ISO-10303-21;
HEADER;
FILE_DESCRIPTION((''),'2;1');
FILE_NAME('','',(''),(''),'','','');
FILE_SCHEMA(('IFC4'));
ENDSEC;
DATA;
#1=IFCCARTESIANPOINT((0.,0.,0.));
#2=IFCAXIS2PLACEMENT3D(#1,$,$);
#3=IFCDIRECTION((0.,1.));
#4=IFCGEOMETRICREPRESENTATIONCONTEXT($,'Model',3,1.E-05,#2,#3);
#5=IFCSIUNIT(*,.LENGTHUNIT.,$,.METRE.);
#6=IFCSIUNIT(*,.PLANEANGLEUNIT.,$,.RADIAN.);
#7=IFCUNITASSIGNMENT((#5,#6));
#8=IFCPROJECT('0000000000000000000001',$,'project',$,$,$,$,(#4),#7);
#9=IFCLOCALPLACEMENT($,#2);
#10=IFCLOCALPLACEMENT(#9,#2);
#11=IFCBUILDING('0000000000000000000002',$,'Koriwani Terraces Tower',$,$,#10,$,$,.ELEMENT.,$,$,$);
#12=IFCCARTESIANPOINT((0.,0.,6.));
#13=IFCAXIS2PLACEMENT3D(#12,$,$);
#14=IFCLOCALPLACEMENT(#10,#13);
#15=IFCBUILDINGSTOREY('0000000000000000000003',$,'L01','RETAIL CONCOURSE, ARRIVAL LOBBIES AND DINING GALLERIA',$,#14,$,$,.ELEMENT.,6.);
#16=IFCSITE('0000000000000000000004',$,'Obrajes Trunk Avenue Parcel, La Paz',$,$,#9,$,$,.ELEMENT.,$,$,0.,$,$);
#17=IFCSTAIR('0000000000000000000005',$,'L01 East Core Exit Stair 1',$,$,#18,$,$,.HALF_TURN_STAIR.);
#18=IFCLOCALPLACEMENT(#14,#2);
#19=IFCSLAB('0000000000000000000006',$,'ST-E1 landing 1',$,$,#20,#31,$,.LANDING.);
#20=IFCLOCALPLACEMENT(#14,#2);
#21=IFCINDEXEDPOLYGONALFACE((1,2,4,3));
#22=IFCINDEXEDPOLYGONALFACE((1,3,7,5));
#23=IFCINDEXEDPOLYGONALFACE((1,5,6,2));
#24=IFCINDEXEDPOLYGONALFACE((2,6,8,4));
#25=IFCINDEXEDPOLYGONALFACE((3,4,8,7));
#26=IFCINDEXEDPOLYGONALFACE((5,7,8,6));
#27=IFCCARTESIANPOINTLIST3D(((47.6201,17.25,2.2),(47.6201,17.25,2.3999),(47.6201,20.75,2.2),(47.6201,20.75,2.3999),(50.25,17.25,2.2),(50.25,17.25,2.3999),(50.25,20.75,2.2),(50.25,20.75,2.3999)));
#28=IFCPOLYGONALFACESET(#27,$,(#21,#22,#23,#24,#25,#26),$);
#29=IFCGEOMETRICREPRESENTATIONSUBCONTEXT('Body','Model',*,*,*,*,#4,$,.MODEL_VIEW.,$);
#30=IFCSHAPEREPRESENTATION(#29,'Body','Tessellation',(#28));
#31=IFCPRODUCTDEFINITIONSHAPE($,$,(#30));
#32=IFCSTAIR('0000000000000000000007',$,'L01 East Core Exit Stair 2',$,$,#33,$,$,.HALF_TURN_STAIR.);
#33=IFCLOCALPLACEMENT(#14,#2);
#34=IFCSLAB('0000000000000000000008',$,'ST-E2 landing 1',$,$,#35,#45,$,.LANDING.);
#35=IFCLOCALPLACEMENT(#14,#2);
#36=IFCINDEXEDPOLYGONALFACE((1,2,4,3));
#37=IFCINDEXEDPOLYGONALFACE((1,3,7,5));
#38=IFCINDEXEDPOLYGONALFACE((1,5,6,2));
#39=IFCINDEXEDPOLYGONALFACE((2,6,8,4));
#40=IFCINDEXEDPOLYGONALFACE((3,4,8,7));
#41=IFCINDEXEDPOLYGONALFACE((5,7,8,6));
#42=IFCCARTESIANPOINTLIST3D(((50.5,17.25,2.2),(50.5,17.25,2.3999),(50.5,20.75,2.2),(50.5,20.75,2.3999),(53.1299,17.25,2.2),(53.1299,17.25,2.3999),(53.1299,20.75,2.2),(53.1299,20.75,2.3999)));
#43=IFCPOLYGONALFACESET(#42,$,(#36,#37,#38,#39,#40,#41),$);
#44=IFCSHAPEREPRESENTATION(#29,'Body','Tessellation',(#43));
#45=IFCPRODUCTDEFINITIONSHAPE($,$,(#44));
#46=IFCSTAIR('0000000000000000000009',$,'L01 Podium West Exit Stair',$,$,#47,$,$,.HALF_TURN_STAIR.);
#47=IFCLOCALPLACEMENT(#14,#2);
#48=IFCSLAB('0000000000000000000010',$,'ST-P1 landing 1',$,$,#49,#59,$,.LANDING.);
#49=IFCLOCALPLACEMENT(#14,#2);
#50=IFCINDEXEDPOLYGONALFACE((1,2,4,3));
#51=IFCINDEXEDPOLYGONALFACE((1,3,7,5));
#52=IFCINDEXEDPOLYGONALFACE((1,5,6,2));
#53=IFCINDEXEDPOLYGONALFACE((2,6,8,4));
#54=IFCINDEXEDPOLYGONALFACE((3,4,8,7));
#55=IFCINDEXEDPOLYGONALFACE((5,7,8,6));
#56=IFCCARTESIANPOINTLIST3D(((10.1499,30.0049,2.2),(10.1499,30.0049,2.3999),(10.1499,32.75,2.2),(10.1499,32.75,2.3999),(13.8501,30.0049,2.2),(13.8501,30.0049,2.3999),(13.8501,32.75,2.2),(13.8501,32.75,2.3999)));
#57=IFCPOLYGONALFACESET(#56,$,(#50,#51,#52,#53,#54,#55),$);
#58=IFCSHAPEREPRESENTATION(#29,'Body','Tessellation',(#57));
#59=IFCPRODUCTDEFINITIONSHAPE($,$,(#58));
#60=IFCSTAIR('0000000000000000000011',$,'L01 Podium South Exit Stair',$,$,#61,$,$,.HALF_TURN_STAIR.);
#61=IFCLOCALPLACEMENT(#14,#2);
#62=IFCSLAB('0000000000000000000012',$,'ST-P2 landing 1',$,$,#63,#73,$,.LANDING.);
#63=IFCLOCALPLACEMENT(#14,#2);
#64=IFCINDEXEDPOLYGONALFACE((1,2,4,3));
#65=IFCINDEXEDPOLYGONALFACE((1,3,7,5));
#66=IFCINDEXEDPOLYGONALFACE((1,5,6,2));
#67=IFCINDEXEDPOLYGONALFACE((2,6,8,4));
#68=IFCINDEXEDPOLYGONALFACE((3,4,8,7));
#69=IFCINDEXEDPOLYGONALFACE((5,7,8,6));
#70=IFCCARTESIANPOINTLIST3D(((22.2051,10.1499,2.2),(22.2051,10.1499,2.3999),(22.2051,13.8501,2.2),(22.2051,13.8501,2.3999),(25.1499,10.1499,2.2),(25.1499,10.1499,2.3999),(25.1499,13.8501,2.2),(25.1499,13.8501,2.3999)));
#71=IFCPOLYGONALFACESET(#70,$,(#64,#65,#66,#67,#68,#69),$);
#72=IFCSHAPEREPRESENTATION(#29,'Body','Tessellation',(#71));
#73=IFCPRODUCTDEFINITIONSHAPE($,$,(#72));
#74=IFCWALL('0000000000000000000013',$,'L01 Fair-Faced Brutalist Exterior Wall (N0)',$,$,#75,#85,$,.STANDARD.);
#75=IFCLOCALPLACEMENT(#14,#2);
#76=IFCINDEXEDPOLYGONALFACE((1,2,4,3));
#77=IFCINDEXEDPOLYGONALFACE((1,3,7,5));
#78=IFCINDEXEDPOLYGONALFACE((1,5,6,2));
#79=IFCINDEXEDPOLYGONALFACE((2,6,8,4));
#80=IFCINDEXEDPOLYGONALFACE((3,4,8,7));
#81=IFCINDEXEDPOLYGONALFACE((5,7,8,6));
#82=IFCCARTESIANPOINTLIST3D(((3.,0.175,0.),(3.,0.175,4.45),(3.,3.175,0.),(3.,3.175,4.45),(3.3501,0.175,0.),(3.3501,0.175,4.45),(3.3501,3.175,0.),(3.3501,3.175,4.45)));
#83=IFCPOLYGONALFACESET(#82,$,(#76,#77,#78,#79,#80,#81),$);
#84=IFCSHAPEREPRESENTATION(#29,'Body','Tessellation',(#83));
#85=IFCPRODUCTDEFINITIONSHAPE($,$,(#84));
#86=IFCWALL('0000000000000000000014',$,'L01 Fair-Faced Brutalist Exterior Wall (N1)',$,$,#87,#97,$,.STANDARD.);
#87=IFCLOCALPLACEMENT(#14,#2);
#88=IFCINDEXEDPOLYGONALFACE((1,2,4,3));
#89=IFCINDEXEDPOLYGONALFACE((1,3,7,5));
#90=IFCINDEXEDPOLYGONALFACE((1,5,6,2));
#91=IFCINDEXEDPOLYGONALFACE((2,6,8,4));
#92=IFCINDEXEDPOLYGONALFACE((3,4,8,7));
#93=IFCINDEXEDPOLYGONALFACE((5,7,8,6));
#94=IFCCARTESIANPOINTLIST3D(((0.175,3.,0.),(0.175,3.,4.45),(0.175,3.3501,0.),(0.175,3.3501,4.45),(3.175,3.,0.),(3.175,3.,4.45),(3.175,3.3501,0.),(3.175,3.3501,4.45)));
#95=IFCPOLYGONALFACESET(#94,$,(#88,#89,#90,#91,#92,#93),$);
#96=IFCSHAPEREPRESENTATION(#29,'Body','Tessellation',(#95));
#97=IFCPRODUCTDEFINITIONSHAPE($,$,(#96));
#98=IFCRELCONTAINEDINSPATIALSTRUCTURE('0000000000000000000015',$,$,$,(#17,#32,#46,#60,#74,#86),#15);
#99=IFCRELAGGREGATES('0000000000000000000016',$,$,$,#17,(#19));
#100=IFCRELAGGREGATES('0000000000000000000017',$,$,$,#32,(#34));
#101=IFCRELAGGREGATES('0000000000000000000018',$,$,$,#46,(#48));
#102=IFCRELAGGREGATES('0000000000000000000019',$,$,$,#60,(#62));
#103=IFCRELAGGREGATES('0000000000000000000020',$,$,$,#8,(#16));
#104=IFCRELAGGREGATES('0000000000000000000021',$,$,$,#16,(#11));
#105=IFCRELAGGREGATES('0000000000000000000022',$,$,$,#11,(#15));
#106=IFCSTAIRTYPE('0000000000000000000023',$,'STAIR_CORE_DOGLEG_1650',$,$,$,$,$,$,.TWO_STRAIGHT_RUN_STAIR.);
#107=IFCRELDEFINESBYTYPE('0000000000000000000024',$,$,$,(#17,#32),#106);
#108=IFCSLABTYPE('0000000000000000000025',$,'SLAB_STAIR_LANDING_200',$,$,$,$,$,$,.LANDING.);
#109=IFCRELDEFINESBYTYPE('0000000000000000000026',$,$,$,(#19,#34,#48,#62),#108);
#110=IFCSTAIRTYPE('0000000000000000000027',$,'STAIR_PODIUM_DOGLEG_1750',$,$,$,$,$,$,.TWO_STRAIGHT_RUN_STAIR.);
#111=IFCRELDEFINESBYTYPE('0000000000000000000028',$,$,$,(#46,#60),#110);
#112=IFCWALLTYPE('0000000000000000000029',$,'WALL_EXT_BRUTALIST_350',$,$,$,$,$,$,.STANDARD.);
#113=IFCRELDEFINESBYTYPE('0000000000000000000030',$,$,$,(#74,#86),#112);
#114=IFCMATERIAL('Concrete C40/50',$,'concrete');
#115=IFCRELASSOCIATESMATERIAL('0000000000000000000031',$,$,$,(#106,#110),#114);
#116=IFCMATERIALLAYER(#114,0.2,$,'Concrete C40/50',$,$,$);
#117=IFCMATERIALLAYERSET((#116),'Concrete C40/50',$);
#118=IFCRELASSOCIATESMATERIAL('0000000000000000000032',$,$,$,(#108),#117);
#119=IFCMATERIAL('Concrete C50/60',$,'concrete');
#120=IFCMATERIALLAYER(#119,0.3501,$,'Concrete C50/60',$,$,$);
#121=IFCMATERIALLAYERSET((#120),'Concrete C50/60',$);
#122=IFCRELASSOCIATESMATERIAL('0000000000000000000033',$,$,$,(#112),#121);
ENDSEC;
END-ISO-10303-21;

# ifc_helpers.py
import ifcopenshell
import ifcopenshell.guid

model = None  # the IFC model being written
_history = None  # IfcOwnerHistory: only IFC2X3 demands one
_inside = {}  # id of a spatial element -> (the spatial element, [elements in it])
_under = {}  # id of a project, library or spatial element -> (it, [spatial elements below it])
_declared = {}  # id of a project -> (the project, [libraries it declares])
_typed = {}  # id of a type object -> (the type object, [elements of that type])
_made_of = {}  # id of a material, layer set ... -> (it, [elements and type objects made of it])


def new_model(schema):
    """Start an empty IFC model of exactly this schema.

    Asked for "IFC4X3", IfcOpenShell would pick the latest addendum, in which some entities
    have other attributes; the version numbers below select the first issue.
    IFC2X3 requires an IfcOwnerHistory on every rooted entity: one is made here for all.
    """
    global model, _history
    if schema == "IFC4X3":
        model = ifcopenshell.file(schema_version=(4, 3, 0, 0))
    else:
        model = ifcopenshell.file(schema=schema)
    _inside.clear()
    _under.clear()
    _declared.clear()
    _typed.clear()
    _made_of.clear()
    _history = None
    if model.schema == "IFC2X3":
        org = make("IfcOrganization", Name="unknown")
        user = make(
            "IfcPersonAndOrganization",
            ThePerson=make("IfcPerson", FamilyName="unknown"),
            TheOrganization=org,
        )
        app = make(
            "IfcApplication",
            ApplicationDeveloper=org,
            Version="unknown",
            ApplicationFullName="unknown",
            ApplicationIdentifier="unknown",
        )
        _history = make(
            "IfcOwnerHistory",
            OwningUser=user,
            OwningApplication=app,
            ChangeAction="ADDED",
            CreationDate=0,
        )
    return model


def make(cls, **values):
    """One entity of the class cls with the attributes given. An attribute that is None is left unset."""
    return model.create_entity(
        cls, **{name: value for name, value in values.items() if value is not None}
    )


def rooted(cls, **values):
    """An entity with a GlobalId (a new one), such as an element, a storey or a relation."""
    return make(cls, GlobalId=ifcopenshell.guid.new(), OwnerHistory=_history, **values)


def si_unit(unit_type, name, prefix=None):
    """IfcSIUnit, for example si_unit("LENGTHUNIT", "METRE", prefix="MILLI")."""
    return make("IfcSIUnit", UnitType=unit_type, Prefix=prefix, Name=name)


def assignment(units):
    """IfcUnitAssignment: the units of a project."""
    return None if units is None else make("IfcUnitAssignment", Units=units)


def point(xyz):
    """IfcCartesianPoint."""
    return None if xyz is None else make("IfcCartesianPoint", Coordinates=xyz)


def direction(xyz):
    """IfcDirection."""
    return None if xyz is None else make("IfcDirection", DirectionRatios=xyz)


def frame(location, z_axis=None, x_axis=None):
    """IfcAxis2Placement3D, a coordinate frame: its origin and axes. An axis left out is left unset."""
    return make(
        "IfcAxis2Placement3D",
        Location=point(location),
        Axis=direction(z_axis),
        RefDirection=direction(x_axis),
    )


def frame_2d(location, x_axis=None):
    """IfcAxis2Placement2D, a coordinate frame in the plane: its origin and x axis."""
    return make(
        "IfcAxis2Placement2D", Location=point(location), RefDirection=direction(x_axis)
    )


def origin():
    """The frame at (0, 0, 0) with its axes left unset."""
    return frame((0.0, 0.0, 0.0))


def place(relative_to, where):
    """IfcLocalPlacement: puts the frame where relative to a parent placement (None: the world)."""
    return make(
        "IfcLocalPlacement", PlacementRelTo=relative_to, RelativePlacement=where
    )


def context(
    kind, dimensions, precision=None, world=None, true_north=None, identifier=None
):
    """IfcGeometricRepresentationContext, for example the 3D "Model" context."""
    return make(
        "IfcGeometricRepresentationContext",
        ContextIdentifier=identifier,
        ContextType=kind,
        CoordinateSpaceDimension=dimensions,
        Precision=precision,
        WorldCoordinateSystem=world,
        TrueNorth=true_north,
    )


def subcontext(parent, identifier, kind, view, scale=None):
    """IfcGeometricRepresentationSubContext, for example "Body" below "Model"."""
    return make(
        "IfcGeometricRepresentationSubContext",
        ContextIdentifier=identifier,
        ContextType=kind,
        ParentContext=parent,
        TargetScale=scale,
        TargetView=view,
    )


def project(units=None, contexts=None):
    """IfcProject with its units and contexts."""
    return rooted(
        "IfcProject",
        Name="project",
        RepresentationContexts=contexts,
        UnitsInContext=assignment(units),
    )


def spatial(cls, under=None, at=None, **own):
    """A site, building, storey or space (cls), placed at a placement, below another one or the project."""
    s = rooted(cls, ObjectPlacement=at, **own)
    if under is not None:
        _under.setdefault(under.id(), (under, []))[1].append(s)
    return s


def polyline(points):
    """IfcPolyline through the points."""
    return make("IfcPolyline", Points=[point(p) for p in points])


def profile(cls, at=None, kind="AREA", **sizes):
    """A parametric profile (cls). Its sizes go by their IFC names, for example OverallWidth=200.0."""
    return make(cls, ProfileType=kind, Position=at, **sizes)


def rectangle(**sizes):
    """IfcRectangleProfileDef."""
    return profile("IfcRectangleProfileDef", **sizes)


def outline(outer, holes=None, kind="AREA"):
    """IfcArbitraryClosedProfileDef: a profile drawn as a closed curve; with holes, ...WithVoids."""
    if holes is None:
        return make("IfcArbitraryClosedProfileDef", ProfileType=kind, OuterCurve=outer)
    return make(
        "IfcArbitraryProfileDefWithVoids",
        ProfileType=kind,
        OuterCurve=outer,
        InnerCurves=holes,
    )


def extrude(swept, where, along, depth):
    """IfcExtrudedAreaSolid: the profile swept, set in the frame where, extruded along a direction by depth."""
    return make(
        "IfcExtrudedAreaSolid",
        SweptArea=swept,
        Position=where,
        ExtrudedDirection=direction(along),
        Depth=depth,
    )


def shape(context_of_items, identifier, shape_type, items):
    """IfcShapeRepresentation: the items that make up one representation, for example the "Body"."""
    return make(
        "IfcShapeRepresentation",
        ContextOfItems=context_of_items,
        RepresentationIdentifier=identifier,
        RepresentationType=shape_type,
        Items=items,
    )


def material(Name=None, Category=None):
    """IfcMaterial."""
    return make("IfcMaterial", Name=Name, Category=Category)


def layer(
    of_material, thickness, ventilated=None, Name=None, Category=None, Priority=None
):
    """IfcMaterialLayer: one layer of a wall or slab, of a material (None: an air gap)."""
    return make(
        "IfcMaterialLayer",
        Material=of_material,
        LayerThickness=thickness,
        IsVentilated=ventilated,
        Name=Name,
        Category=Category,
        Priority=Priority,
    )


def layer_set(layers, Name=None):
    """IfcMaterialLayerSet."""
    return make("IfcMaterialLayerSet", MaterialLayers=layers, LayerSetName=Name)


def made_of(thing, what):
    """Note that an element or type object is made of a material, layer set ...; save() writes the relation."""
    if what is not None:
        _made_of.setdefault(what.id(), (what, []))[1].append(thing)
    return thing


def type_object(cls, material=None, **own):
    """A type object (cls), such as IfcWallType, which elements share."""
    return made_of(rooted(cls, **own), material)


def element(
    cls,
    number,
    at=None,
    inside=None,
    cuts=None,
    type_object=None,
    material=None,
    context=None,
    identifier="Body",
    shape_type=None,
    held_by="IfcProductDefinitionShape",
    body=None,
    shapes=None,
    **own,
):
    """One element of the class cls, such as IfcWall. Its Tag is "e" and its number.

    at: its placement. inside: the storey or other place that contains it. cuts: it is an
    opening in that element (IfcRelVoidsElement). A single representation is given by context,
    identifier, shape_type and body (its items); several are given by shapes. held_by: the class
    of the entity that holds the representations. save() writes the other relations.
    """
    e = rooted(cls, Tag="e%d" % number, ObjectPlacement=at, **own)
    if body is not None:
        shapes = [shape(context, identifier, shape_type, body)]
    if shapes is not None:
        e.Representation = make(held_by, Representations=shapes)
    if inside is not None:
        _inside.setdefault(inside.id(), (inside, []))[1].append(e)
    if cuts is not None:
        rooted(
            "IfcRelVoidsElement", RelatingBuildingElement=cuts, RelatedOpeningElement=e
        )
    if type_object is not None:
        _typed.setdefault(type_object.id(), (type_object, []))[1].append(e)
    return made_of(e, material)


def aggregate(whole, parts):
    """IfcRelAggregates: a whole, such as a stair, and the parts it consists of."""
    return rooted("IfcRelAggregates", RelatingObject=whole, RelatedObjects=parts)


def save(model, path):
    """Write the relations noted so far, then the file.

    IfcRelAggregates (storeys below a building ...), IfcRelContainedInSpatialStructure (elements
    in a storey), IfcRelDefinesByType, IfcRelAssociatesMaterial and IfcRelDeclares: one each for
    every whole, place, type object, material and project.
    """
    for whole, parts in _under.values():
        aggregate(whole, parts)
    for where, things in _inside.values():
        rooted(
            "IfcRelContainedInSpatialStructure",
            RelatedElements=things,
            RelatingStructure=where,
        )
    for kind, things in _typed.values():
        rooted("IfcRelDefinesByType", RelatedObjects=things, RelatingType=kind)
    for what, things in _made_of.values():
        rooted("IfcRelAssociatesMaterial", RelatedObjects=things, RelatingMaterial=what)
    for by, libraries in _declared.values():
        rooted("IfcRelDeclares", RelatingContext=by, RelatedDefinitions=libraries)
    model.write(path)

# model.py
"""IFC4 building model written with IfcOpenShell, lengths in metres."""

from ifc_helpers import new_model, si_unit, direction, frame, frame_2d, origin, place, context, subcontext, project, spatial, polyline, rectangle, outline, extrude, material, layer, layer_set, type_object, element, aggregate, save


model = new_model("IFC4")

# Units and contexts
model_context = context("Model", 3, precision=1e-05, world=origin(), true_north=direction((0.0, 1.0)))
body_context = subcontext(model_context, "Body", "Model", "MODEL_VIEW")
ifc_project = project(units=[si_unit("LENGTHUNIT", "METRE"), si_unit("PLANEANGLEUNIT", "RADIAN")], contexts=[model_context])

# Site, building, storey
site_placement = place(None, origin())
site = spatial("IfcSite", under=ifc_project, at=site_placement, Name="Obrajes Trunk Avenue Parcel, La Paz", CompositionType="ELEMENT", RefElevation=0.0)
building_placement = place(site_placement, origin())
building = spatial("IfcBuilding", under=site, at=building_placement, Name="Koriwani Terraces Tower", CompositionType="ELEMENT")
storey_placement = place(building_placement, frame((0.0, 0.0, 6.0)))
storey = spatial("IfcBuildingStorey", under=building, at=storey_placement, Name="L01", Description="RETAIL CONCOURSE, ARRIVAL LOBBIES AND DINING GALLERIA", CompositionType="ELEMENT", Elevation=6.0)

# Shared definitions
ifc_material_1 = material(Name="Concrete C50/60", Category="concrete")

# Stairs, slabs
ifc_material_2 = material(Name="Concrete C40/50", Category="concrete")
stair_type_1 = type_object("IfcStairType", Name="STAIR_CORE_DOGLEG_1650", PredefinedType="TWO_STRAIGHT_RUN_STAIR", material=ifc_material_2)
ifc_layer_1 = layer(ifc_material_2, 0.2, Name="Concrete C40/50")
ifc_layer_set_1 = layer_set([ifc_layer_1], Name="Concrete C40/50")
slab_type_1 = type_object("IfcSlabType", Name="SLAB_STAIR_LANDING_200", PredefinedType="LANDING", material=ifc_layer_set_1)
stair_1_placement = place(storey_placement, origin())
stair_1 = element("IfcStair", 1, at=stair_1_placement, inside=storey, type_object=stair_type_1, Name="L01 East Core Exit Stair 1", PredefinedType="HALF_TURN_STAIR")
slab_1_placement = place(storey_placement, frame((0.0, 0.0, 2.2)))
slab_1 = element("IfcSlab", 2, at=slab_1_placement, type_object=slab_type_1, Name="ST-E1 landing 1", PredefinedType="LANDING", context=body_context, shape_type="SweptSolid", body=[
    extrude(outline(polyline([(47.6201, 17.25), (50.25, 17.25), (50.25, 20.75), (47.6201, 20.75), (47.6201, 17.25)])), origin(), (0.0, 0.0, 1.0), 0.2),
])
aggregate(stair_1, [slab_1])
stair_2_placement = place(storey_placement, origin())
stair_2 = element("IfcStair", 3, at=stair_2_placement, inside=storey, type_object=stair_type_1, Name="L01 East Core Exit Stair 2", PredefinedType="HALF_TURN_STAIR")
slab_2_placement = place(storey_placement, frame((0.0, 0.0, 2.2)))
slab_2 = element("IfcSlab", 4, at=slab_2_placement, type_object=slab_type_1, Name="ST-E2 landing 1", PredefinedType="LANDING", context=body_context, shape_type="SweptSolid", body=[
    extrude(outline(polyline([(53.1299, 20.75), (50.5, 20.75), (50.5, 17.25), (53.1299, 17.25), (53.1299, 20.75)])), origin(), (0.0, 0.0, 1.0), 0.2),
])
aggregate(stair_2, [slab_2])
stair_type_2 = type_object("IfcStairType", Name="STAIR_PODIUM_DOGLEG_1750", PredefinedType="TWO_STRAIGHT_RUN_STAIR", material=ifc_material_2)
stair_3_placement = place(storey_placement, origin())
stair_3 = element("IfcStair", 5, at=stair_3_placement, inside=storey, type_object=stair_type_2, Name="L01 Podium West Exit Stair", PredefinedType="HALF_TURN_STAIR")
slab_3_placement = place(storey_placement, frame((0.0, 0.0, 2.2)))
slab_3 = element("IfcSlab", 6, at=slab_3_placement, type_object=slab_type_1, Name="ST-P1 landing 1", PredefinedType="LANDING", context=body_context, shape_type="SweptSolid", body=[
    extrude(outline(polyline([(13.8501, 30.0049), (13.8501, 32.75), (10.1499, 32.75), (10.1499, 30.0049), (13.8501, 30.0049)])), origin(), (0.0, 0.0, 1.0), 0.2),
])
aggregate(stair_3, [slab_3])
stair_4_placement = place(storey_placement, origin())
stair_4 = element("IfcStair", 7, at=stair_4_placement, inside=storey, type_object=stair_type_2, Name="L01 Podium South Exit Stair", PredefinedType="HALF_TURN_STAIR")
slab_4_placement = place(storey_placement, frame((0.0, 0.0, 2.2)))
slab_4 = element("IfcSlab", 8, at=slab_4_placement, type_object=slab_type_1, Name="ST-P2 landing 1", PredefinedType="LANDING", context=body_context, shape_type="SweptSolid", body=[
    extrude(outline(polyline([(22.2051, 10.1499), (25.1499, 10.1499), (25.1499, 13.8501), (22.2051, 13.8501), (22.2051, 10.1499)])), origin(), (0.0, 0.0, 1.0), 0.2),
])
aggregate(stair_4, [slab_4])

# Walls
ifc_layer_2 = layer(ifc_material_1, 0.3501, Name="Concrete C50/60")
ifc_layer_set_2 = layer_set([ifc_layer_2], Name="Concrete C50/60")
wall_type = type_object("IfcWallType", Name="WALL_EXT_BRUTALIST_350", PredefinedType="STANDARD", material=ifc_layer_set_2)
for number, where, z_axis, x_axis, name in (
    (9, (3.175, 0.175, 0.0), (0.0, 0.0, 1.0), (0.0, 1.0, 0.0), "L01 Fair-Faced Brutalist Exterior Wall (N0)"),
    (10, (3.175, 3.175, 0.0), (0.0, 0.0, 1.0), (-1.0, 0.0, 0.0), "L01 Fair-Faced Brutalist Exterior Wall (N1)"),
):
    element("IfcWall", number, at=place(storey_placement, frame(where, z_axis=z_axis, x_axis=x_axis)), inside=storey, type_object=wall_type, Name=name, PredefinedType="STANDARD", context=body_context, shape_type="SweptSolid", body=[
        extrude(rectangle(XDim=3.0, YDim=0.3501, at=frame_2d((1.5, 0.0))), origin(), (0.0, 0.0, 1.0), 4.45),
    ])

save(model, "model.ifc")
